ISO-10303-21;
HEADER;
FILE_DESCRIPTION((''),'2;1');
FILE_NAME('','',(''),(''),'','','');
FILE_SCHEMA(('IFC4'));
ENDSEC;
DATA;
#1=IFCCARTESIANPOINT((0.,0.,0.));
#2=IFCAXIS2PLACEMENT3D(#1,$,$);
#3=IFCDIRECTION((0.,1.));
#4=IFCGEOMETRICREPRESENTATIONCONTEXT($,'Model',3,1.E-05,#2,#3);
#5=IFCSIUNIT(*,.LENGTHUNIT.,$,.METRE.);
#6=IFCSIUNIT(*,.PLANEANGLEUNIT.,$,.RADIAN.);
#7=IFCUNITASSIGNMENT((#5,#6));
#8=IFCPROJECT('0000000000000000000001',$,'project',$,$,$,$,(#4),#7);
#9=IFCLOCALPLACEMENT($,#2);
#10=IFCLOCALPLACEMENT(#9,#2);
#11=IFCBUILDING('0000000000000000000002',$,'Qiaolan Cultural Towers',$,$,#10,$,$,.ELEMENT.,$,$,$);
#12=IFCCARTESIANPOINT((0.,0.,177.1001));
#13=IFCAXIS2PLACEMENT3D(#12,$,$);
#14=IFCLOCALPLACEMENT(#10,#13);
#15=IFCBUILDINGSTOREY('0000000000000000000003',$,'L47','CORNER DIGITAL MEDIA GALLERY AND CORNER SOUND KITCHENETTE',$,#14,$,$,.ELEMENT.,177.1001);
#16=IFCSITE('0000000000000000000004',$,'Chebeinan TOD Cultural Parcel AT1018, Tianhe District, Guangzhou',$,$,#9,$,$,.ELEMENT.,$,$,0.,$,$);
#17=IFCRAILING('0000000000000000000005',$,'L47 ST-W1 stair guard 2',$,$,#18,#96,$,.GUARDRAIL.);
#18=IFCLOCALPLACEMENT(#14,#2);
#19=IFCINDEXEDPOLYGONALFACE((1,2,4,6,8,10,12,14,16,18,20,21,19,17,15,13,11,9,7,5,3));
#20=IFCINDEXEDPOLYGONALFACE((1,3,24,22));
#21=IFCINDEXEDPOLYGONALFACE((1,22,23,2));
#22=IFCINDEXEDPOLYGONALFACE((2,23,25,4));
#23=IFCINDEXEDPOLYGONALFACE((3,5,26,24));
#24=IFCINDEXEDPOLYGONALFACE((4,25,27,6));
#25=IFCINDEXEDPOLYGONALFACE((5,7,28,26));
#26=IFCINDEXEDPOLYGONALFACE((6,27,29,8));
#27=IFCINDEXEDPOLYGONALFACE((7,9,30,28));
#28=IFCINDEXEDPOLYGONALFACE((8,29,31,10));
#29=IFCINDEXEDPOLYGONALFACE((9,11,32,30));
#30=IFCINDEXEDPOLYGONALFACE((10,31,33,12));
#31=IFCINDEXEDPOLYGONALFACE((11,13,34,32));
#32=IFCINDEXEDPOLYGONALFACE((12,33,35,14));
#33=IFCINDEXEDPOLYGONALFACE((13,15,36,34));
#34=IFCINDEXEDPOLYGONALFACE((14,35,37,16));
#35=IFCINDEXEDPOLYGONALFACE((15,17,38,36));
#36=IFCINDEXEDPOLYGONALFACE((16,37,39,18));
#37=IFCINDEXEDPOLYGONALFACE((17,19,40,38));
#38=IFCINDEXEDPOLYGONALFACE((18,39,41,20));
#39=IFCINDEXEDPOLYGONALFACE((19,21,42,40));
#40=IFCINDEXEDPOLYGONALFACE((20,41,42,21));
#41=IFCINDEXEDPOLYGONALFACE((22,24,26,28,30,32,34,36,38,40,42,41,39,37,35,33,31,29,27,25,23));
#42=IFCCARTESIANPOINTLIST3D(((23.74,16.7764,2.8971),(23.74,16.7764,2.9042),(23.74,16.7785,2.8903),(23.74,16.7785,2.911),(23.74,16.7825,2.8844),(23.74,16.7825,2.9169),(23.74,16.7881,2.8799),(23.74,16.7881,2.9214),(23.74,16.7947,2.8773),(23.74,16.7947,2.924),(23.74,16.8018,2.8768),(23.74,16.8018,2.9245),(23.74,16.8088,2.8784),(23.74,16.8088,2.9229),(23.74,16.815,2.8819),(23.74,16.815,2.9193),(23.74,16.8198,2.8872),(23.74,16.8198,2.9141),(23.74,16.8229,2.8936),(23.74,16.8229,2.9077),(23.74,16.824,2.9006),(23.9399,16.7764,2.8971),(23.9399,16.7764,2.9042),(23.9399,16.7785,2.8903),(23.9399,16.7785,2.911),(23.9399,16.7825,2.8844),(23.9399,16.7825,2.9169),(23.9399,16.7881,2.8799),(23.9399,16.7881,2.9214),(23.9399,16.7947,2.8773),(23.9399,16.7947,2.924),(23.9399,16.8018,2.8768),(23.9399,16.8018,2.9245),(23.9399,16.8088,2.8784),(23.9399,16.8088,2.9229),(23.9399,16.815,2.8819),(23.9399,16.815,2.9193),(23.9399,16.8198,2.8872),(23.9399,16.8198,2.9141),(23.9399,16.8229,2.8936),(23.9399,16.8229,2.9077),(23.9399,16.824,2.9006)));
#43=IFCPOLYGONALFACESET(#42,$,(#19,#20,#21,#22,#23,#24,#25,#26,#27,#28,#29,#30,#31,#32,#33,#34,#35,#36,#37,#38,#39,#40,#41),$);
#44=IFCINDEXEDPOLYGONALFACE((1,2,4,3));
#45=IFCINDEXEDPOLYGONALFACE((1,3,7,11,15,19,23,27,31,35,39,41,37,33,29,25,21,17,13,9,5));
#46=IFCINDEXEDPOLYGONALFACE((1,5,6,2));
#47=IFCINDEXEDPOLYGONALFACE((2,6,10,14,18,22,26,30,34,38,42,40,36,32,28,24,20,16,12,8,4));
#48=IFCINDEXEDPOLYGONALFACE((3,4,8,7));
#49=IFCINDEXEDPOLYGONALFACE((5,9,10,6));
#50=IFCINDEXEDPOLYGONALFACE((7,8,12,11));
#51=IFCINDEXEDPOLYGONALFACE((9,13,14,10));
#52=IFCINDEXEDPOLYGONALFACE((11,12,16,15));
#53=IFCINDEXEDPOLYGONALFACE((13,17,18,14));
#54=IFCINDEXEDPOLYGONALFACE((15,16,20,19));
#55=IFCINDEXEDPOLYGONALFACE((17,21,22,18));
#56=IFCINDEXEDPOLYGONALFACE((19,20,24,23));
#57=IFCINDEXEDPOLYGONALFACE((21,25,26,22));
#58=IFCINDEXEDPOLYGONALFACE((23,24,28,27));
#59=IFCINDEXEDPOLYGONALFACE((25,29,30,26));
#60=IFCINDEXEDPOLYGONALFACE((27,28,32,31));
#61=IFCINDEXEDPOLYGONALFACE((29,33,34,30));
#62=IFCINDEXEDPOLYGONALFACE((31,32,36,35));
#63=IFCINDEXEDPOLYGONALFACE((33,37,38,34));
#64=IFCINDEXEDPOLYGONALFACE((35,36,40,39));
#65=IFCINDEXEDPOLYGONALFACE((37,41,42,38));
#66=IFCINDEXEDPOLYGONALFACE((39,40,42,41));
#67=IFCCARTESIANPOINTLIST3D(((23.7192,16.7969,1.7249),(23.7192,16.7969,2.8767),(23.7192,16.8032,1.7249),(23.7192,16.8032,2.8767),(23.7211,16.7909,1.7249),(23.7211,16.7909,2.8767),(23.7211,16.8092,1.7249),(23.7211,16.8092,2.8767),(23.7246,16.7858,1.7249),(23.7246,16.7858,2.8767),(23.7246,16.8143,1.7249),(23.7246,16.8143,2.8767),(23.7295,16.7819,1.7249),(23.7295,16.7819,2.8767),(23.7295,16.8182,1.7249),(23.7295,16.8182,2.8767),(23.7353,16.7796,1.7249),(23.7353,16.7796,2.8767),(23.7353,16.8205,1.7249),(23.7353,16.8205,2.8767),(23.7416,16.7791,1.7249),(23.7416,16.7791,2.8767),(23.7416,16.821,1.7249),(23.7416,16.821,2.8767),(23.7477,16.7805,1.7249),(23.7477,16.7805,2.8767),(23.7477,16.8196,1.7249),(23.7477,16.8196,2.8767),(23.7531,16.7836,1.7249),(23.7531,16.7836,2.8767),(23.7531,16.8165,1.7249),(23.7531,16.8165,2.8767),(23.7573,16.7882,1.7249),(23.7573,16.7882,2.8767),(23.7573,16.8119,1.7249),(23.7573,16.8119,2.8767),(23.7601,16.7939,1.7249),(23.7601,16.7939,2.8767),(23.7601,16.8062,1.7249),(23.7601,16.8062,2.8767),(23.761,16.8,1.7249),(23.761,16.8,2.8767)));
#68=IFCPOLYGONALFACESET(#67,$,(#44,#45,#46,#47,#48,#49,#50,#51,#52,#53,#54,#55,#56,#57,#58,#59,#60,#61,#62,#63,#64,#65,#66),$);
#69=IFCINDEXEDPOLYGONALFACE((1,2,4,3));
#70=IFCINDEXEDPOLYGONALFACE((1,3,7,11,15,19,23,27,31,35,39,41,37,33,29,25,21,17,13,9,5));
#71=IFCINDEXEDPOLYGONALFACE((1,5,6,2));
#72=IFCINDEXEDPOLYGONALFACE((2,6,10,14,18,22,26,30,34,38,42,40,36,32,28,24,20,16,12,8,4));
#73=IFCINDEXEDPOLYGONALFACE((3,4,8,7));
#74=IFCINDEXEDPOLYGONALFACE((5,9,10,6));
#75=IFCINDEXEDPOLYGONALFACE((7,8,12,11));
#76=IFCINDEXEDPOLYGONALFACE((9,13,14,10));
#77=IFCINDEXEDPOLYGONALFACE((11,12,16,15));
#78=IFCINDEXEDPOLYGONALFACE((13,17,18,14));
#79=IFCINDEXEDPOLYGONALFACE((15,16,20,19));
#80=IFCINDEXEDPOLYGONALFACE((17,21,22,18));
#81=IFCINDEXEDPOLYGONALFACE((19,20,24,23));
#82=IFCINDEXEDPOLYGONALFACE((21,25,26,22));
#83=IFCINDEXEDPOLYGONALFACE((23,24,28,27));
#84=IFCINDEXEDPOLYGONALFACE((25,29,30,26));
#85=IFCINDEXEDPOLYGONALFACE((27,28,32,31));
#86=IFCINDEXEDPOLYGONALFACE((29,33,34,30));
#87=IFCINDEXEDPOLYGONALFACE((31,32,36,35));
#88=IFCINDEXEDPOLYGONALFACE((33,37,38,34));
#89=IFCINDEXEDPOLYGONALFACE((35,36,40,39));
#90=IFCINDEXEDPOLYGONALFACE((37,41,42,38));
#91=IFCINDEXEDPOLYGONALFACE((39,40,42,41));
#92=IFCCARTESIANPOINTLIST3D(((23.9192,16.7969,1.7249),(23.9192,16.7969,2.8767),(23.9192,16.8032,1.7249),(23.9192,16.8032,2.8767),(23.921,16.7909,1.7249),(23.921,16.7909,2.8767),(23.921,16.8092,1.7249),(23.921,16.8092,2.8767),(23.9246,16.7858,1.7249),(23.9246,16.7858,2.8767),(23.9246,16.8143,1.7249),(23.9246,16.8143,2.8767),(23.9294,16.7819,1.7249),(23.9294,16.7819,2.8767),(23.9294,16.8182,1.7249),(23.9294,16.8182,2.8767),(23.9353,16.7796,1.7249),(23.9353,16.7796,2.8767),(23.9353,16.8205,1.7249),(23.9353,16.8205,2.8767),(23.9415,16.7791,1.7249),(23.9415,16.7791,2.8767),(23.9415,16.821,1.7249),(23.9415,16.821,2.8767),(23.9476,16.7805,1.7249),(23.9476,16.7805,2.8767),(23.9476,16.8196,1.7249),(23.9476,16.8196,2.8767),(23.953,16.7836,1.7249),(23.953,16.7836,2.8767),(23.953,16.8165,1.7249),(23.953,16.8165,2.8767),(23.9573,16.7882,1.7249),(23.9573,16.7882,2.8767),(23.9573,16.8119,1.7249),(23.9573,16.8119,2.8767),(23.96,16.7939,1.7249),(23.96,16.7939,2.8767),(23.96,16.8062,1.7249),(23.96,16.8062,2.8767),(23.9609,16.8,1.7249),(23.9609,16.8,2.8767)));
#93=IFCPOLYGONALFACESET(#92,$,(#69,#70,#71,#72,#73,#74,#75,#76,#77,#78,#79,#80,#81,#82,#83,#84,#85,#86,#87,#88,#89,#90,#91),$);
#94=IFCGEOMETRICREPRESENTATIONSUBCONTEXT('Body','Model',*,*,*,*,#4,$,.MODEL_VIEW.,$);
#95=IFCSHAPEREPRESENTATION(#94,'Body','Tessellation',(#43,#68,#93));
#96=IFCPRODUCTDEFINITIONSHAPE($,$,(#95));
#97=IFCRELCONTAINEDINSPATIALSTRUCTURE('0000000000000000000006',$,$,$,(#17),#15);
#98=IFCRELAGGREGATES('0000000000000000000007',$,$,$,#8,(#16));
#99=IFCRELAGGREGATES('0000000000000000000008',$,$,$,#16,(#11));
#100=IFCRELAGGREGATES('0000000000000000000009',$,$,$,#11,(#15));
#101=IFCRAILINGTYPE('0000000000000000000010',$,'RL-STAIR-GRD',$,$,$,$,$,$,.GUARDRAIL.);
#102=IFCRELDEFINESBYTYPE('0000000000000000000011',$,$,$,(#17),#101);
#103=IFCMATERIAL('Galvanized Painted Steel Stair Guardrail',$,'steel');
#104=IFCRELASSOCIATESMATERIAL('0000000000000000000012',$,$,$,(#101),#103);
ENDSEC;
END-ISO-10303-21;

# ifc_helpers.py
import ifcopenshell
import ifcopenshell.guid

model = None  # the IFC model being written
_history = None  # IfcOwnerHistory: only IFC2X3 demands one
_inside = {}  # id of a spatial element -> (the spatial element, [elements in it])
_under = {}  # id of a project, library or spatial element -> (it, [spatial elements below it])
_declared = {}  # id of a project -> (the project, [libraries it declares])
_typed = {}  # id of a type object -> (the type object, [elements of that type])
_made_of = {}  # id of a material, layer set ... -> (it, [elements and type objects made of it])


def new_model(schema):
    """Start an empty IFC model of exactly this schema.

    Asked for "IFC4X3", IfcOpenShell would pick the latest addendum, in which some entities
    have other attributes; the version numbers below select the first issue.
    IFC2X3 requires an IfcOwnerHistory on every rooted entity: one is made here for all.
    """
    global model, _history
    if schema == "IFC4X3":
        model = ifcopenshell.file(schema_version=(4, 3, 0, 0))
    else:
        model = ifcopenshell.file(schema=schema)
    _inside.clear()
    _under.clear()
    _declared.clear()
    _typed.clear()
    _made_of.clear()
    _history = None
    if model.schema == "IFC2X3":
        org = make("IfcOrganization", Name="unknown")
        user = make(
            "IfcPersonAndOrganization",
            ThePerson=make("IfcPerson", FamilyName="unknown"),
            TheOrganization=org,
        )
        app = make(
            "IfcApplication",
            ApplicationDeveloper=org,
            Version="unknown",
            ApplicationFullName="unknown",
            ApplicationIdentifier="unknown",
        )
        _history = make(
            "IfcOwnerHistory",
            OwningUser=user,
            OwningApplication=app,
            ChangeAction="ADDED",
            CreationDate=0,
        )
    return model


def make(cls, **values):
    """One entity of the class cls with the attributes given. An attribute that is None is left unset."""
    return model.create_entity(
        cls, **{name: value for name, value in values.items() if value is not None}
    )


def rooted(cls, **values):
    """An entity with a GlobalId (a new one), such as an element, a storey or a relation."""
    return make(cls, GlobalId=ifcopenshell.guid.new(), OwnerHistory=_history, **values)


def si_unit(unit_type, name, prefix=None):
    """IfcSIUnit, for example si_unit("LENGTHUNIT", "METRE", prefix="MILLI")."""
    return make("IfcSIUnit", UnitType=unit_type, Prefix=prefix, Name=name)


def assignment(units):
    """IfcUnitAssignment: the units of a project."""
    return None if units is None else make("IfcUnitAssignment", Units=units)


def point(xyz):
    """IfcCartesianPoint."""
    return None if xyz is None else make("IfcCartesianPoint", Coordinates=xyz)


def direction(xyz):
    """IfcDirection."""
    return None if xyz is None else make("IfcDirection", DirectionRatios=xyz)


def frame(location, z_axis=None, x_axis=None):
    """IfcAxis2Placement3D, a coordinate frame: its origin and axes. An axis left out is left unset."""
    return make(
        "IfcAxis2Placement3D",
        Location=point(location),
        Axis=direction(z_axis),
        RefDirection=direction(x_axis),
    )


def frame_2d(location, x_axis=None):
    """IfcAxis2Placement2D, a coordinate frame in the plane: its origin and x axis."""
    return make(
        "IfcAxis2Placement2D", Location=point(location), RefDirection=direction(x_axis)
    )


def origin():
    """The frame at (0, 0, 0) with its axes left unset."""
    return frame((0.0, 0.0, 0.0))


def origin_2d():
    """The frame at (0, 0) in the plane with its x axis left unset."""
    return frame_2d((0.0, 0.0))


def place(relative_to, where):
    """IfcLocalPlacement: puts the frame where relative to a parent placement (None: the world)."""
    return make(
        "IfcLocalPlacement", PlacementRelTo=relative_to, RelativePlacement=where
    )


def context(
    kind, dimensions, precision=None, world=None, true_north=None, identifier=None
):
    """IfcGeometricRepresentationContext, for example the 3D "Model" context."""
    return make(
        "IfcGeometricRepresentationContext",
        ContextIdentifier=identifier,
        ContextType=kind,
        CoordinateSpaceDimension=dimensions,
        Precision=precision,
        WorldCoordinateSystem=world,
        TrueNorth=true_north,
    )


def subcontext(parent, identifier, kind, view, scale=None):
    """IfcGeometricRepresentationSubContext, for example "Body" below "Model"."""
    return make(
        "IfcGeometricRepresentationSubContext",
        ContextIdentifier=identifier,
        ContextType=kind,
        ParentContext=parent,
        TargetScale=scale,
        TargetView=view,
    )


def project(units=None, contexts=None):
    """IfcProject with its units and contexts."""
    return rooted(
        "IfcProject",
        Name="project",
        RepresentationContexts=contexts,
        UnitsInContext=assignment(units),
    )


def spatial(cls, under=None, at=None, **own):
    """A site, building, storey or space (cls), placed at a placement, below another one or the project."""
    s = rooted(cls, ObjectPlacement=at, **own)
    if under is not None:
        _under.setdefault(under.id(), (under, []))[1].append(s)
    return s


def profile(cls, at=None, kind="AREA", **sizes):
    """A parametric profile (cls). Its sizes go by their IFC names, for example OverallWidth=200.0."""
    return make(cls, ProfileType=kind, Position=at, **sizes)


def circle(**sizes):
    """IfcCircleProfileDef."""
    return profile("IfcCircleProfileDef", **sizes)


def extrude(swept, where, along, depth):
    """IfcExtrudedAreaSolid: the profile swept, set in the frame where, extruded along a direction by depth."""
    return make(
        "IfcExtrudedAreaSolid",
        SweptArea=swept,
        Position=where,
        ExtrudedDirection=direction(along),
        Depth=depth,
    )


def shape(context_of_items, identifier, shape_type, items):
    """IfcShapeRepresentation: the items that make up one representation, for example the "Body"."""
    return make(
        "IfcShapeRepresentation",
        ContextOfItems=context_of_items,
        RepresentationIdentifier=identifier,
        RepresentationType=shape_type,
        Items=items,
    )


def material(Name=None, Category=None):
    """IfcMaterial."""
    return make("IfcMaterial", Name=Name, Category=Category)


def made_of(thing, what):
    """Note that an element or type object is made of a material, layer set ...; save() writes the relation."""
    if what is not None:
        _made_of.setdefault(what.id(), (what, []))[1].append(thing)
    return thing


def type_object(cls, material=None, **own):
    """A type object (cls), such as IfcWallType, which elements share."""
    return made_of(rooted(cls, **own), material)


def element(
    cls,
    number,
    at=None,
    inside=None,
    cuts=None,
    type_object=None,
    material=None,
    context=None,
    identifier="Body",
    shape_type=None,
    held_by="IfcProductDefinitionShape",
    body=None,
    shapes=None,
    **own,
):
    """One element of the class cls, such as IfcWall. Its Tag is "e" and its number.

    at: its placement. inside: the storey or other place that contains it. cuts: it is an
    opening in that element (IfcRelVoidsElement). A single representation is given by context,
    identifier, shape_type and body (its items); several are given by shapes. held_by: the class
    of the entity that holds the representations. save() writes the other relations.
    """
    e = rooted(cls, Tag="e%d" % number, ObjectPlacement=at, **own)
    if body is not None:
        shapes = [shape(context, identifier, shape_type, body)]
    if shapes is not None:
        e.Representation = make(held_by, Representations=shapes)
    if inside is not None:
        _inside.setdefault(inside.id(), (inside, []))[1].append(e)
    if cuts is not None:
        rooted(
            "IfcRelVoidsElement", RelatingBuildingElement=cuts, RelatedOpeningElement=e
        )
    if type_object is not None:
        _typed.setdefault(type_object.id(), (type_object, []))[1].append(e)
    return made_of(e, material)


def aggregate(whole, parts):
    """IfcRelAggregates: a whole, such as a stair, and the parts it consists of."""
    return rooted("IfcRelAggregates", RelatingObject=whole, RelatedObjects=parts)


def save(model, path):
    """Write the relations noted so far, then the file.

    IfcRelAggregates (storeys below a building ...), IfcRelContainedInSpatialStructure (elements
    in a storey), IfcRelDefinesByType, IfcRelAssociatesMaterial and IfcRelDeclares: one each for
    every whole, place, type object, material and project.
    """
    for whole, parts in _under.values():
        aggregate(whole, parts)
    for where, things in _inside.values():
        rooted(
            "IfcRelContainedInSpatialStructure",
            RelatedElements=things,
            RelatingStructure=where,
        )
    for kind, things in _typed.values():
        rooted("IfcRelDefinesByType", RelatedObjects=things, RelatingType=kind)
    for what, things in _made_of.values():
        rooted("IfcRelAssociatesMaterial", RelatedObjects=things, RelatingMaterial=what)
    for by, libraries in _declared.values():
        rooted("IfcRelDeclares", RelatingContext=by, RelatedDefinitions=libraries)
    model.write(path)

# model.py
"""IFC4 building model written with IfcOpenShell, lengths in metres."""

from ifc_helpers import new_model, si_unit, direction, frame, origin, origin_2d, place, context, subcontext, project, spatial, circle, extrude, material, type_object, element, save


model = new_model("IFC4")

# Units and contexts
model_context = context("Model", 3, precision=1e-05, world=origin(), true_north=direction((0.0, 1.0)))
body_context = subcontext(model_context, "Body", "Model", "MODEL_VIEW")
ifc_project = project(units=[si_unit("LENGTHUNIT", "METRE"), si_unit("PLANEANGLEUNIT", "RADIAN")], contexts=[model_context])

# Site, building, storey
site_placement = place(None, origin())
site = spatial("IfcSite", under=ifc_project, at=site_placement, Name="Chebeinan TOD Cultural Parcel AT1018, Tianhe District, Guangzhou", CompositionType="ELEMENT", RefElevation=0.0)
building_placement = place(site_placement, origin())
building = spatial("IfcBuilding", under=site, at=building_placement, Name="Qiaolan Cultural Towers", CompositionType="ELEMENT")
storey_placement = place(building_placement, frame((0.0, 0.0, 177.1001)))
storey = spatial("IfcBuildingStorey", under=building, at=storey_placement, Name="L47", Description="CORNER DIGITAL MEDIA GALLERY AND CORNER SOUND KITCHENETTE", CompositionType="ELEMENT", Elevation=177.1001)

# Railing
ifc_material_1 = material(Name="Galvanized Painted Steel Stair Guardrail", Category="steel")
railing_type_1 = type_object("IfcRailingType", Name="RL-STAIR-GRD", PredefinedType="GUARDRAIL", material=ifc_material_1)
railing_1_placement = place(storey_placement, frame((23.74, 16.8, 1.7249)))
element("IfcRailing", 1, at=railing_1_placement, inside=storey, type_object=railing_type_1, Name="L47 ST-W1 stair guard 2", PredefinedType="GUARDRAIL", context=body_context, shape_type="SweptSolid", body=[
    extrude(circle(Radius=0.0239, at=origin_2d()), frame((0.0, 0.0, 1.1758), z_axis=(1.0, 0.0, 0.0), x_axis=(0.0, 1.0, 0.0)), (0.0, 0.0, 1.0), 0.2),
    extrude(circle(Radius=0.021, at=origin_2d()), origin(), (0.0, 0.0, 1.0), 1.1519),
    extrude(circle(Radius=0.021, at=origin_2d()), frame((0.2, 0.0, 0.0)), (0.0, 0.0, 1.0), 1.1519),
])

save(model, "model.ifc")
